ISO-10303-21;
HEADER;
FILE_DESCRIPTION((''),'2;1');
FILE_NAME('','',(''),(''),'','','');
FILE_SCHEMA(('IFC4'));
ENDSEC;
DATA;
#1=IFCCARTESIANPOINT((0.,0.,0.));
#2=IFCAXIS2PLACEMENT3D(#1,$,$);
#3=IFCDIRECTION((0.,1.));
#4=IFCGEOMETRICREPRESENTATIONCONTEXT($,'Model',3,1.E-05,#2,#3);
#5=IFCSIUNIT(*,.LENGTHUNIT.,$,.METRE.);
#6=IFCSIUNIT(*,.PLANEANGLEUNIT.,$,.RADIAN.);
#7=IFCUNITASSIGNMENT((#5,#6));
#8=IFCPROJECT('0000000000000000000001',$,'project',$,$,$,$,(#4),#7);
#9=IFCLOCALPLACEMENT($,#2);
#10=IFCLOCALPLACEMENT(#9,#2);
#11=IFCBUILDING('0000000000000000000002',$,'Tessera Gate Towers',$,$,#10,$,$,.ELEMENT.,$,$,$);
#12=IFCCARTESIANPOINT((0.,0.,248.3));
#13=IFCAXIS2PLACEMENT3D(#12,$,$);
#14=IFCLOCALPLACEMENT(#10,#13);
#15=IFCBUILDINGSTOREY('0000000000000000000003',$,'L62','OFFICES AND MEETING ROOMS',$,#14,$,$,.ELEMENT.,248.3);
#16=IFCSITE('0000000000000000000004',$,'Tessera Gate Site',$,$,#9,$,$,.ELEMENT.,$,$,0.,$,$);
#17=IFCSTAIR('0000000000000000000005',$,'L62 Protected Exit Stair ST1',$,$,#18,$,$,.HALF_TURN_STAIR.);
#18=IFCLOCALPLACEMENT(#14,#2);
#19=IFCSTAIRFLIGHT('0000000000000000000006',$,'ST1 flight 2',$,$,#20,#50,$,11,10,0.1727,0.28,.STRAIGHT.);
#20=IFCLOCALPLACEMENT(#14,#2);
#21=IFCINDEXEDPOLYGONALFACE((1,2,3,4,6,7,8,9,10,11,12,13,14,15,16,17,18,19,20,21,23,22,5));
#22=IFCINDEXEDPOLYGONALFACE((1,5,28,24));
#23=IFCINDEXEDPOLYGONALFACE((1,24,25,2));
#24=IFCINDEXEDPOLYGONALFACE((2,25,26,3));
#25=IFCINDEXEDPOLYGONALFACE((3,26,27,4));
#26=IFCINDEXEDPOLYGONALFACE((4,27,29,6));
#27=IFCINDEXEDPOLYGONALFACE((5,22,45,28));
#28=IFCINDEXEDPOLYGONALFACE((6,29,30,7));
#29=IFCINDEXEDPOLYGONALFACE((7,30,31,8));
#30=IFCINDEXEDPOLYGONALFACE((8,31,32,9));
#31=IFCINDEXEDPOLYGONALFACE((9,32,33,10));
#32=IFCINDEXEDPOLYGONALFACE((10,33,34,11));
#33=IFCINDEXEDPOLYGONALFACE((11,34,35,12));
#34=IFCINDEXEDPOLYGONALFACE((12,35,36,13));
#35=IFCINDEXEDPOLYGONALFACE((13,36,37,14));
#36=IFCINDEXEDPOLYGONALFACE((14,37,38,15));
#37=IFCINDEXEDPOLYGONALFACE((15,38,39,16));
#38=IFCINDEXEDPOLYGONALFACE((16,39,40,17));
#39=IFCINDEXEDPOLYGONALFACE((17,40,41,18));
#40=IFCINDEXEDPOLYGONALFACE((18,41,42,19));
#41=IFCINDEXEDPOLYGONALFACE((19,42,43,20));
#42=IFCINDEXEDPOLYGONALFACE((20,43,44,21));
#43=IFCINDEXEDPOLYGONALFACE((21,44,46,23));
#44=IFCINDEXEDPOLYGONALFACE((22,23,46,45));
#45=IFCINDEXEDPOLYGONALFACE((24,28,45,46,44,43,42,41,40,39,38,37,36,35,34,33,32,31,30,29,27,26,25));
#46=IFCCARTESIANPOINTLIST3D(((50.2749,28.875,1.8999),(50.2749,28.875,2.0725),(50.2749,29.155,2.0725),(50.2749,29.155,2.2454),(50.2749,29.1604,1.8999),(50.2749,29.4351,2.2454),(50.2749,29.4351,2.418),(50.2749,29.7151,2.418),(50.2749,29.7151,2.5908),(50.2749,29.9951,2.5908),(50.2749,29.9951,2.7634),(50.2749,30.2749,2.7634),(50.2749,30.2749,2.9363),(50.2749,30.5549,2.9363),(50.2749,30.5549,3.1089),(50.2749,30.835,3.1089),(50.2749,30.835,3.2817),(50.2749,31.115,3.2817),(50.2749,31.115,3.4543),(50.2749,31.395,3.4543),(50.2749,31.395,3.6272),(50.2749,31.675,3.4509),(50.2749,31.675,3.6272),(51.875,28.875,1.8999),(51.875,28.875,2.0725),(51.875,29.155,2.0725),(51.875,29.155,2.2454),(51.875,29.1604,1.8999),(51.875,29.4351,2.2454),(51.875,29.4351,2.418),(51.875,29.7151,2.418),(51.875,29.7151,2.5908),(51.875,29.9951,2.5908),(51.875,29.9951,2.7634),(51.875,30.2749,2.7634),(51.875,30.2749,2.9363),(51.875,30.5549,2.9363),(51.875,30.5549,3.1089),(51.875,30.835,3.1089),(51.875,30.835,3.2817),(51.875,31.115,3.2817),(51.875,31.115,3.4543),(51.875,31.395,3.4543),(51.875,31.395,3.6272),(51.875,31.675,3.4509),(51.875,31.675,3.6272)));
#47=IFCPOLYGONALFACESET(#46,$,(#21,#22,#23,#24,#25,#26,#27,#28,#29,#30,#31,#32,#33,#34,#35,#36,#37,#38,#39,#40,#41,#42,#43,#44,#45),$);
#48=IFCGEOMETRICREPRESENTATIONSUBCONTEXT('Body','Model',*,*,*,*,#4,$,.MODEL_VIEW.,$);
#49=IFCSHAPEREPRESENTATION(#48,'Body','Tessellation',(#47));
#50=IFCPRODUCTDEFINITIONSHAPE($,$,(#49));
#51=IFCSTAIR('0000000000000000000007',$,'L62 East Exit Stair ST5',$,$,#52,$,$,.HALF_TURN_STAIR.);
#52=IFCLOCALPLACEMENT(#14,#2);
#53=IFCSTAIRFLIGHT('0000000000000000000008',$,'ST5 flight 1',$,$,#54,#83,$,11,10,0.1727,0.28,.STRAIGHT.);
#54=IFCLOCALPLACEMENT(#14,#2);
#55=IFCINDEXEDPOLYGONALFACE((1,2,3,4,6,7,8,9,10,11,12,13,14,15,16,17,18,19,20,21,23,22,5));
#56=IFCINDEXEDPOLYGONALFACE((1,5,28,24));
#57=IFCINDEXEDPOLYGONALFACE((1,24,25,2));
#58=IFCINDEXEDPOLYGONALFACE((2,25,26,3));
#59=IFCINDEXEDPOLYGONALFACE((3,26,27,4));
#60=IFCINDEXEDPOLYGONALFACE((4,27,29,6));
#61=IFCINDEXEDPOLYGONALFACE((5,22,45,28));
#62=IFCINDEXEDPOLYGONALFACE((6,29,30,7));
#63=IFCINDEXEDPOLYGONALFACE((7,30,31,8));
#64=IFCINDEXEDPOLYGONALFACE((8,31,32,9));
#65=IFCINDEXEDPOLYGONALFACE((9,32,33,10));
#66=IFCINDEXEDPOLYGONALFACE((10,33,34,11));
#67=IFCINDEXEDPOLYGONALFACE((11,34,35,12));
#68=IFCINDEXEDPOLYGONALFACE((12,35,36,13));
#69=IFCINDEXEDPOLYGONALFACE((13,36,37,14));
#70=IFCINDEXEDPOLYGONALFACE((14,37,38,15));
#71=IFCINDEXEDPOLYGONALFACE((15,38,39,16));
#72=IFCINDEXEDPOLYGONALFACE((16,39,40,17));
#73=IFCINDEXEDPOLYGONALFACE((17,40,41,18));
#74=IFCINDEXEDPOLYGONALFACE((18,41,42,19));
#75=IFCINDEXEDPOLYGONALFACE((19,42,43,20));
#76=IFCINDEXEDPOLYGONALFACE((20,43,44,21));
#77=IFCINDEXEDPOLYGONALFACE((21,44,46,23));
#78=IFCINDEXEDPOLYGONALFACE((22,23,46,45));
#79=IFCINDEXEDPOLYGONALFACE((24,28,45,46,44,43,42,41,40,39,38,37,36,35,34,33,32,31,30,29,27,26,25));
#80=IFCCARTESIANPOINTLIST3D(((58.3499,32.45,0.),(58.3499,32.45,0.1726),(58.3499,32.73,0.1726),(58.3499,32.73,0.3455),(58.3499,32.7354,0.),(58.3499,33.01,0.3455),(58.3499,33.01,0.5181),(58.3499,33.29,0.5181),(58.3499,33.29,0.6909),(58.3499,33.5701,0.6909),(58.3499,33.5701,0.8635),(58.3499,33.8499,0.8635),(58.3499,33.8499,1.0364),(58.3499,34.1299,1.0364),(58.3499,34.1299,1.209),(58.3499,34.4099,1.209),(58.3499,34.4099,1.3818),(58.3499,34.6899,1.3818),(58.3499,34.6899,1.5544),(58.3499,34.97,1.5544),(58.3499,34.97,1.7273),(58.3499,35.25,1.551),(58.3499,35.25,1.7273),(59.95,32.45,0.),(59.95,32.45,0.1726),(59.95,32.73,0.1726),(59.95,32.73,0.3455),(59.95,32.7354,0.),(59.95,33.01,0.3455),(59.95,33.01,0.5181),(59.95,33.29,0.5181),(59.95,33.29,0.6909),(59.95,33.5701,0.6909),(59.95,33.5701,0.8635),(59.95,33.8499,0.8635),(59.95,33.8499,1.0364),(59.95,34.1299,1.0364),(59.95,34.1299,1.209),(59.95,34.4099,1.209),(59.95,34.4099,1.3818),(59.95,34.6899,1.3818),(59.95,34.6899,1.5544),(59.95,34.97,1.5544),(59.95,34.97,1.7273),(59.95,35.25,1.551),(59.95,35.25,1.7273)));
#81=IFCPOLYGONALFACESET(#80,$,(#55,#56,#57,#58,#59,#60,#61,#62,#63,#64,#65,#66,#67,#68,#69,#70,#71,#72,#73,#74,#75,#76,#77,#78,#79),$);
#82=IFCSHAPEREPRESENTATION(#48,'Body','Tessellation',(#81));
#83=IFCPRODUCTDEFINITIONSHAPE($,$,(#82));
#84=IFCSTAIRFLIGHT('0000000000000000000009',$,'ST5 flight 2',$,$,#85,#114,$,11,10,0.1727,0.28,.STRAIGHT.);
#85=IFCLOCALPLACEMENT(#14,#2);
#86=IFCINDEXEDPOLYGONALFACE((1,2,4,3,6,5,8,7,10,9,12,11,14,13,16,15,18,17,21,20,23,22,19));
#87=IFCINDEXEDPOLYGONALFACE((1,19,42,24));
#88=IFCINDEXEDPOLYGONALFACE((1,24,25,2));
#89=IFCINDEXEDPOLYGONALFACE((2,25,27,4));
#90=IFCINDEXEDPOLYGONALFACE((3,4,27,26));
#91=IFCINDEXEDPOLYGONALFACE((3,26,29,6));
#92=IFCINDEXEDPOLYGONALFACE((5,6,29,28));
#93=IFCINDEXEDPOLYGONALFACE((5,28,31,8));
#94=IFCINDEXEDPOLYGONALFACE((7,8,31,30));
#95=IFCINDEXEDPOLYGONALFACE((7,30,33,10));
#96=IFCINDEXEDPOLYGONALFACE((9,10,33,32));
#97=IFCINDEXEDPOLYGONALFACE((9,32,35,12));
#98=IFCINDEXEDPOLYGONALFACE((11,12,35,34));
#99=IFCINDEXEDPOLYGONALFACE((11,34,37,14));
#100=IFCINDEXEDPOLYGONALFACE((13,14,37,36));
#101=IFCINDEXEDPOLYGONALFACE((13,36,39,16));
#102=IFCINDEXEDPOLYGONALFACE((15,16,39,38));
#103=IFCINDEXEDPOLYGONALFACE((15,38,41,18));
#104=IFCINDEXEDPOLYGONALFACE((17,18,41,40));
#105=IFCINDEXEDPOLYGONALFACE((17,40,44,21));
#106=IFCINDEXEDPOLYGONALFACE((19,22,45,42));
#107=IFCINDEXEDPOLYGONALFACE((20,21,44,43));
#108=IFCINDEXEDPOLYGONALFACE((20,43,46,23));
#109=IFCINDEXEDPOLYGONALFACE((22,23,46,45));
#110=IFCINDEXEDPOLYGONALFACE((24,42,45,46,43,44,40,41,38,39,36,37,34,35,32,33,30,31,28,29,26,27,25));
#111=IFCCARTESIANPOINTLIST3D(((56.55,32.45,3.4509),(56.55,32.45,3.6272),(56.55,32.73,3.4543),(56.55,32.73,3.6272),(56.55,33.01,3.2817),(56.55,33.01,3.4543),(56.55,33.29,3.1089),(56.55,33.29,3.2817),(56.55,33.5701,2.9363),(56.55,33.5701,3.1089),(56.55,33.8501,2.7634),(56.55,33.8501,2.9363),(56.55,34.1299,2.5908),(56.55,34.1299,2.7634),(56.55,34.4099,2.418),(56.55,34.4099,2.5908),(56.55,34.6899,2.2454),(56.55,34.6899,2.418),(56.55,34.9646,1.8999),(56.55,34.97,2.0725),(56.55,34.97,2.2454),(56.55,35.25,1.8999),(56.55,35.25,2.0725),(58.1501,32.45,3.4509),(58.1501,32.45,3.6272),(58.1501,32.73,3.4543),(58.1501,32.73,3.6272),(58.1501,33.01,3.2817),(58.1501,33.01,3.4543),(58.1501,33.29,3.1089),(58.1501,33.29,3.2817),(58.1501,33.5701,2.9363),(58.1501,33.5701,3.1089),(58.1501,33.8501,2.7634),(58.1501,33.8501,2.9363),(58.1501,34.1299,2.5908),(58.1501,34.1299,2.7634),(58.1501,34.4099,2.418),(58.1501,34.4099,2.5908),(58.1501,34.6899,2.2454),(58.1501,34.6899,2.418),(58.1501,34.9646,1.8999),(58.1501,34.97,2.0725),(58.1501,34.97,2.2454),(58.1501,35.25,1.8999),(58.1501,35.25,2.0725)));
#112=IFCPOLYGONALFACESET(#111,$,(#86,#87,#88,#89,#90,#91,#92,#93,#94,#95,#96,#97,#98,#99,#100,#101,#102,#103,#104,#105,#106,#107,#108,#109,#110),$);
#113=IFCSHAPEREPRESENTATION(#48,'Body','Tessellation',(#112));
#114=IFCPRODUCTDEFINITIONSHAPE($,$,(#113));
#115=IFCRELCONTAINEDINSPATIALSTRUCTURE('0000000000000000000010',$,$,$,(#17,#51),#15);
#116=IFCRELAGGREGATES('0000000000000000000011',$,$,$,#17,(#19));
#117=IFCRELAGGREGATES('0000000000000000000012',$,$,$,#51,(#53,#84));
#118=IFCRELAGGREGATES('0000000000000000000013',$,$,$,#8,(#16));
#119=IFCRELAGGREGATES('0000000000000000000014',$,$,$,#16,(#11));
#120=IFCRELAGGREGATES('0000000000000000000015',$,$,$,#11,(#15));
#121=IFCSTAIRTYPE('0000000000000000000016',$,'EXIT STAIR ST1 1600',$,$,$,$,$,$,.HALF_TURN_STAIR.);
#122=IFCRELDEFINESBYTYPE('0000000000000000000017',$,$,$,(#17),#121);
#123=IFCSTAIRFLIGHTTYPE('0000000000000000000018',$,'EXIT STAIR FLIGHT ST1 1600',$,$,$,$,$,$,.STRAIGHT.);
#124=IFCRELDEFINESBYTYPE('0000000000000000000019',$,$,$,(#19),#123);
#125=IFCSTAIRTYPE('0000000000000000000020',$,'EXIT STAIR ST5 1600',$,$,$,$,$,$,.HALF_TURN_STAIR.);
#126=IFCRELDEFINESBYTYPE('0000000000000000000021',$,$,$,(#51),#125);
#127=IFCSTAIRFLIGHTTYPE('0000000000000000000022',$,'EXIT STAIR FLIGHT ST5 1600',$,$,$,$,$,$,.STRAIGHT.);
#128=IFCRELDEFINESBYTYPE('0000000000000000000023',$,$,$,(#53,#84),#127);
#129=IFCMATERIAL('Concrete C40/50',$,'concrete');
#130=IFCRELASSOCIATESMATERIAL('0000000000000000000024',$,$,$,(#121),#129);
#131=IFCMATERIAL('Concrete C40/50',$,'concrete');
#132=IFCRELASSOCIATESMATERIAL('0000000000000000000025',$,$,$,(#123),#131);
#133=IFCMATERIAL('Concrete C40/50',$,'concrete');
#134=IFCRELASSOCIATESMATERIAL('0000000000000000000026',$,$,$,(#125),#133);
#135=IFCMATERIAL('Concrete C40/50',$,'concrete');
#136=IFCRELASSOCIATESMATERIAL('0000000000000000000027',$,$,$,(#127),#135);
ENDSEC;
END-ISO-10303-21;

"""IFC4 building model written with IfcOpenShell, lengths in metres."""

from ifc_helpers import new_model, si_unit, direction, frame, origin, place, context, subcontext, project, spatial, polyline, outline, extrude, material, type_object, element, aggregate, save


model = new_model("IFC4")

# Units and contexts
model_context = context("Model", 3, precision=1e-05, world=origin(), true_north=direction((0.0, 1.0)))
body_context = subcontext(model_context, "Body", "Model", "MODEL_VIEW")
ifc_project = project(units=[si_unit("LENGTHUNIT", "METRE"), si_unit("PLANEANGLEUNIT", "RADIAN")], contexts=[model_context])

# Site, building, storey
site_placement = place(None, origin())
site = spatial("IfcSite", under=ifc_project, at=site_placement, Name="Tessera Gate Site", CompositionType="ELEMENT", RefElevation=0.0)
building_placement = place(site_placement, origin())
building = spatial("IfcBuilding", under=site, at=building_placement, Name="Tessera Gate Towers", CompositionType="ELEMENT")
storey_placement = place(building_placement, frame((0.0, 0.0, 248.3)))
storey = spatial("IfcBuildingStorey", under=building, at=storey_placement, Name="L62", Description="OFFICES AND MEETING ROOMS", CompositionType="ELEMENT", Elevation=248.3)

# Stair, stair flight
ifc_material_1 = material(Name="Concrete C40/50", Category="concrete")
stair_type_1 = type_object("IfcStairType", Name="EXIT STAIR ST1 1600", PredefinedType="HALF_TURN_STAIR", material=ifc_material_1)
stair_1_placement = place(storey_placement, origin())
stair_1 = element("IfcStair", 1, at=stair_1_placement, inside=storey, type_object=stair_type_1, Name="L62 Protected Exit Stair ST1", PredefinedType="HALF_TURN_STAIR")
ifc_material_2 = material(Name="Concrete C40/50", Category="concrete")
stair_flight_type_1 = type_object("IfcStairFlightType", Name="EXIT STAIR FLIGHT ST1 1600", PredefinedType="STRAIGHT", material=ifc_material_2)
stair_flight_1_placement = place(storey_placement, frame((51.075, 28.875, 1.8999), z_axis=(0.0, 0.0, 1.0), x_axis=(0.0, 1.0, 0.0)))
stair_flight_1 = element("IfcStairFlight", 2, at=stair_flight_1_placement, type_object=stair_flight_type_1, Name="ST1 flight 2", NumberOfRisers=11, NumberOfTreads=10, PredefinedType="STRAIGHT", RiserHeight=0.1727, TreadLength=0.28, context=body_context, shape_type="SweptSolid", body=[
    extrude(outline(polyline([(0.0, 0.0), (0.0, 0.1726), (0.28, 0.1726), (0.28, 0.3455), (0.5601, 0.3455), (0.5601, 0.5181), (0.8401, 0.5181), (0.8401, 0.6909), (1.1201, 0.6909), (1.1201, 0.8635), (1.3999, 0.8635), (1.3999, 1.0364), (1.6799, 1.0364), (1.6799, 1.209), (1.96, 1.209), (1.96, 1.3818), (2.24, 1.3818), (2.24, 1.5544), (2.52, 1.5544), (2.52, 1.7273), (2.8, 1.7273), (2.8, 1.8999), (2.8, 1.551), (0.2854, 0.0), (0.0, 0.0)])), frame((0.0, 0.8, 0.0), z_axis=(0.0, -1.0, 0.0), x_axis=(1.0, 0.0, 0.0)), (0.0, 0.0, 1.0), 1.6001),
])
aggregate(stair_1, [stair_flight_1])

# Stair, stair flights
ifc_material_3 = material(Name="Concrete C40/50", Category="concrete")
stair_type_2 = type_object("IfcStairType", Name="EXIT STAIR ST5 1600", PredefinedType="HALF_TURN_STAIR", material=ifc_material_3)
stair_2_placement = place(storey_placement, origin())
stair_2 = element("IfcStair", 3, at=stair_2_placement, inside=storey, type_object=stair_type_2, Name="L62 East Exit Stair ST5", PredefinedType="HALF_TURN_STAIR")
ifc_material_4 = material(Name="Concrete C40/50", Category="concrete")
stair_flight_type_2 = type_object("IfcStairFlightType", Name="EXIT STAIR FLIGHT ST5 1600", PredefinedType="STRAIGHT", material=ifc_material_4)
stair_flight_2_placement = place(storey_placement, frame((59.1499, 32.45, 0.0), z_axis=(0.0, 0.0, 1.0), x_axis=(0.0, 1.0, 0.0)))
stair_flight_2 = element("IfcStairFlight", 4, at=stair_flight_2_placement, type_object=stair_flight_type_2, Name="ST5 flight 1", NumberOfRisers=11, NumberOfTreads=10, PredefinedType="STRAIGHT", RiserHeight=0.1727, TreadLength=0.28, context=body_context, shape_type="SweptSolid", body=[
    extrude(outline(polyline([(0.0, 0.0), (0.0, 0.1726), (0.28, 0.1726), (0.28, 0.3455), (0.5601, 0.3455), (0.5601, 0.5181), (0.8401, 0.5181), (0.8401, 0.6909), (1.1201, 0.6909), (1.1201, 0.8635), (1.3999, 0.8635), (1.3999, 1.0364), (1.6799, 1.0364), (1.6799, 1.209), (1.96, 1.209), (1.96, 1.3818), (2.24, 1.3818), (2.24, 1.5544), (2.52, 1.5544), (2.52, 1.7273), (2.8, 1.7273), (2.8, 1.8999), (2.8, 1.551), (0.2854, 0.0), (0.0, 0.0)])), frame((0.0, 0.8, 0.0), z_axis=(0.0, -1.0, 0.0), x_axis=(1.0, 0.0, 0.0)), (0.0, 0.0, 1.0), 1.6001),
])
stair_flight_3_placement = place(storey_placement, frame((57.3501, 35.25, 1.8999), z_axis=(0.0, 0.0, 1.0), x_axis=(0.0, -1.0, 0.0)))
stair_flight_3 = element("IfcStairFlight", 5, at=stair_flight_3_placement, type_object=stair_flight_type_2, Name="ST5 flight 2", NumberOfRisers=11, NumberOfTreads=10, PredefinedType="STRAIGHT", RiserHeight=0.1727, TreadLength=0.28, context=body_context, shape_type="SweptSolid", body=[
    extrude(outline(polyline([(0.0, 0.0), (0.0, 0.1726), (0.28, 0.1726), (0.28, 0.3455), (0.5601, 0.3455), (0.5601, 0.5181), (0.8401, 0.5181), (0.8401, 0.6909), (1.1201, 0.6909), (1.1201, 0.8635), (1.3999, 0.8635), (1.3999, 1.0364), (1.6799, 1.0364), (1.6799, 1.209), (1.96, 1.209), (1.96, 1.3818), (2.24, 1.3818), (2.24, 1.5544), (2.52, 1.5544), (2.52, 1.7273), (2.8, 1.7273), (2.8, 1.8999), (2.8, 1.551), (0.2854, 0.0), (0.0, 0.0)])), frame((0.0, 0.8, 0.0), z_axis=(0.0, -1.0, 0.0), x_axis=(1.0, 0.0, 0.0)), (0.0, 0.0, 1.0), 1.6001),
])
aggregate(stair_2, [stair_flight_2, stair_flight_3])

save(model, "model.ifc")
